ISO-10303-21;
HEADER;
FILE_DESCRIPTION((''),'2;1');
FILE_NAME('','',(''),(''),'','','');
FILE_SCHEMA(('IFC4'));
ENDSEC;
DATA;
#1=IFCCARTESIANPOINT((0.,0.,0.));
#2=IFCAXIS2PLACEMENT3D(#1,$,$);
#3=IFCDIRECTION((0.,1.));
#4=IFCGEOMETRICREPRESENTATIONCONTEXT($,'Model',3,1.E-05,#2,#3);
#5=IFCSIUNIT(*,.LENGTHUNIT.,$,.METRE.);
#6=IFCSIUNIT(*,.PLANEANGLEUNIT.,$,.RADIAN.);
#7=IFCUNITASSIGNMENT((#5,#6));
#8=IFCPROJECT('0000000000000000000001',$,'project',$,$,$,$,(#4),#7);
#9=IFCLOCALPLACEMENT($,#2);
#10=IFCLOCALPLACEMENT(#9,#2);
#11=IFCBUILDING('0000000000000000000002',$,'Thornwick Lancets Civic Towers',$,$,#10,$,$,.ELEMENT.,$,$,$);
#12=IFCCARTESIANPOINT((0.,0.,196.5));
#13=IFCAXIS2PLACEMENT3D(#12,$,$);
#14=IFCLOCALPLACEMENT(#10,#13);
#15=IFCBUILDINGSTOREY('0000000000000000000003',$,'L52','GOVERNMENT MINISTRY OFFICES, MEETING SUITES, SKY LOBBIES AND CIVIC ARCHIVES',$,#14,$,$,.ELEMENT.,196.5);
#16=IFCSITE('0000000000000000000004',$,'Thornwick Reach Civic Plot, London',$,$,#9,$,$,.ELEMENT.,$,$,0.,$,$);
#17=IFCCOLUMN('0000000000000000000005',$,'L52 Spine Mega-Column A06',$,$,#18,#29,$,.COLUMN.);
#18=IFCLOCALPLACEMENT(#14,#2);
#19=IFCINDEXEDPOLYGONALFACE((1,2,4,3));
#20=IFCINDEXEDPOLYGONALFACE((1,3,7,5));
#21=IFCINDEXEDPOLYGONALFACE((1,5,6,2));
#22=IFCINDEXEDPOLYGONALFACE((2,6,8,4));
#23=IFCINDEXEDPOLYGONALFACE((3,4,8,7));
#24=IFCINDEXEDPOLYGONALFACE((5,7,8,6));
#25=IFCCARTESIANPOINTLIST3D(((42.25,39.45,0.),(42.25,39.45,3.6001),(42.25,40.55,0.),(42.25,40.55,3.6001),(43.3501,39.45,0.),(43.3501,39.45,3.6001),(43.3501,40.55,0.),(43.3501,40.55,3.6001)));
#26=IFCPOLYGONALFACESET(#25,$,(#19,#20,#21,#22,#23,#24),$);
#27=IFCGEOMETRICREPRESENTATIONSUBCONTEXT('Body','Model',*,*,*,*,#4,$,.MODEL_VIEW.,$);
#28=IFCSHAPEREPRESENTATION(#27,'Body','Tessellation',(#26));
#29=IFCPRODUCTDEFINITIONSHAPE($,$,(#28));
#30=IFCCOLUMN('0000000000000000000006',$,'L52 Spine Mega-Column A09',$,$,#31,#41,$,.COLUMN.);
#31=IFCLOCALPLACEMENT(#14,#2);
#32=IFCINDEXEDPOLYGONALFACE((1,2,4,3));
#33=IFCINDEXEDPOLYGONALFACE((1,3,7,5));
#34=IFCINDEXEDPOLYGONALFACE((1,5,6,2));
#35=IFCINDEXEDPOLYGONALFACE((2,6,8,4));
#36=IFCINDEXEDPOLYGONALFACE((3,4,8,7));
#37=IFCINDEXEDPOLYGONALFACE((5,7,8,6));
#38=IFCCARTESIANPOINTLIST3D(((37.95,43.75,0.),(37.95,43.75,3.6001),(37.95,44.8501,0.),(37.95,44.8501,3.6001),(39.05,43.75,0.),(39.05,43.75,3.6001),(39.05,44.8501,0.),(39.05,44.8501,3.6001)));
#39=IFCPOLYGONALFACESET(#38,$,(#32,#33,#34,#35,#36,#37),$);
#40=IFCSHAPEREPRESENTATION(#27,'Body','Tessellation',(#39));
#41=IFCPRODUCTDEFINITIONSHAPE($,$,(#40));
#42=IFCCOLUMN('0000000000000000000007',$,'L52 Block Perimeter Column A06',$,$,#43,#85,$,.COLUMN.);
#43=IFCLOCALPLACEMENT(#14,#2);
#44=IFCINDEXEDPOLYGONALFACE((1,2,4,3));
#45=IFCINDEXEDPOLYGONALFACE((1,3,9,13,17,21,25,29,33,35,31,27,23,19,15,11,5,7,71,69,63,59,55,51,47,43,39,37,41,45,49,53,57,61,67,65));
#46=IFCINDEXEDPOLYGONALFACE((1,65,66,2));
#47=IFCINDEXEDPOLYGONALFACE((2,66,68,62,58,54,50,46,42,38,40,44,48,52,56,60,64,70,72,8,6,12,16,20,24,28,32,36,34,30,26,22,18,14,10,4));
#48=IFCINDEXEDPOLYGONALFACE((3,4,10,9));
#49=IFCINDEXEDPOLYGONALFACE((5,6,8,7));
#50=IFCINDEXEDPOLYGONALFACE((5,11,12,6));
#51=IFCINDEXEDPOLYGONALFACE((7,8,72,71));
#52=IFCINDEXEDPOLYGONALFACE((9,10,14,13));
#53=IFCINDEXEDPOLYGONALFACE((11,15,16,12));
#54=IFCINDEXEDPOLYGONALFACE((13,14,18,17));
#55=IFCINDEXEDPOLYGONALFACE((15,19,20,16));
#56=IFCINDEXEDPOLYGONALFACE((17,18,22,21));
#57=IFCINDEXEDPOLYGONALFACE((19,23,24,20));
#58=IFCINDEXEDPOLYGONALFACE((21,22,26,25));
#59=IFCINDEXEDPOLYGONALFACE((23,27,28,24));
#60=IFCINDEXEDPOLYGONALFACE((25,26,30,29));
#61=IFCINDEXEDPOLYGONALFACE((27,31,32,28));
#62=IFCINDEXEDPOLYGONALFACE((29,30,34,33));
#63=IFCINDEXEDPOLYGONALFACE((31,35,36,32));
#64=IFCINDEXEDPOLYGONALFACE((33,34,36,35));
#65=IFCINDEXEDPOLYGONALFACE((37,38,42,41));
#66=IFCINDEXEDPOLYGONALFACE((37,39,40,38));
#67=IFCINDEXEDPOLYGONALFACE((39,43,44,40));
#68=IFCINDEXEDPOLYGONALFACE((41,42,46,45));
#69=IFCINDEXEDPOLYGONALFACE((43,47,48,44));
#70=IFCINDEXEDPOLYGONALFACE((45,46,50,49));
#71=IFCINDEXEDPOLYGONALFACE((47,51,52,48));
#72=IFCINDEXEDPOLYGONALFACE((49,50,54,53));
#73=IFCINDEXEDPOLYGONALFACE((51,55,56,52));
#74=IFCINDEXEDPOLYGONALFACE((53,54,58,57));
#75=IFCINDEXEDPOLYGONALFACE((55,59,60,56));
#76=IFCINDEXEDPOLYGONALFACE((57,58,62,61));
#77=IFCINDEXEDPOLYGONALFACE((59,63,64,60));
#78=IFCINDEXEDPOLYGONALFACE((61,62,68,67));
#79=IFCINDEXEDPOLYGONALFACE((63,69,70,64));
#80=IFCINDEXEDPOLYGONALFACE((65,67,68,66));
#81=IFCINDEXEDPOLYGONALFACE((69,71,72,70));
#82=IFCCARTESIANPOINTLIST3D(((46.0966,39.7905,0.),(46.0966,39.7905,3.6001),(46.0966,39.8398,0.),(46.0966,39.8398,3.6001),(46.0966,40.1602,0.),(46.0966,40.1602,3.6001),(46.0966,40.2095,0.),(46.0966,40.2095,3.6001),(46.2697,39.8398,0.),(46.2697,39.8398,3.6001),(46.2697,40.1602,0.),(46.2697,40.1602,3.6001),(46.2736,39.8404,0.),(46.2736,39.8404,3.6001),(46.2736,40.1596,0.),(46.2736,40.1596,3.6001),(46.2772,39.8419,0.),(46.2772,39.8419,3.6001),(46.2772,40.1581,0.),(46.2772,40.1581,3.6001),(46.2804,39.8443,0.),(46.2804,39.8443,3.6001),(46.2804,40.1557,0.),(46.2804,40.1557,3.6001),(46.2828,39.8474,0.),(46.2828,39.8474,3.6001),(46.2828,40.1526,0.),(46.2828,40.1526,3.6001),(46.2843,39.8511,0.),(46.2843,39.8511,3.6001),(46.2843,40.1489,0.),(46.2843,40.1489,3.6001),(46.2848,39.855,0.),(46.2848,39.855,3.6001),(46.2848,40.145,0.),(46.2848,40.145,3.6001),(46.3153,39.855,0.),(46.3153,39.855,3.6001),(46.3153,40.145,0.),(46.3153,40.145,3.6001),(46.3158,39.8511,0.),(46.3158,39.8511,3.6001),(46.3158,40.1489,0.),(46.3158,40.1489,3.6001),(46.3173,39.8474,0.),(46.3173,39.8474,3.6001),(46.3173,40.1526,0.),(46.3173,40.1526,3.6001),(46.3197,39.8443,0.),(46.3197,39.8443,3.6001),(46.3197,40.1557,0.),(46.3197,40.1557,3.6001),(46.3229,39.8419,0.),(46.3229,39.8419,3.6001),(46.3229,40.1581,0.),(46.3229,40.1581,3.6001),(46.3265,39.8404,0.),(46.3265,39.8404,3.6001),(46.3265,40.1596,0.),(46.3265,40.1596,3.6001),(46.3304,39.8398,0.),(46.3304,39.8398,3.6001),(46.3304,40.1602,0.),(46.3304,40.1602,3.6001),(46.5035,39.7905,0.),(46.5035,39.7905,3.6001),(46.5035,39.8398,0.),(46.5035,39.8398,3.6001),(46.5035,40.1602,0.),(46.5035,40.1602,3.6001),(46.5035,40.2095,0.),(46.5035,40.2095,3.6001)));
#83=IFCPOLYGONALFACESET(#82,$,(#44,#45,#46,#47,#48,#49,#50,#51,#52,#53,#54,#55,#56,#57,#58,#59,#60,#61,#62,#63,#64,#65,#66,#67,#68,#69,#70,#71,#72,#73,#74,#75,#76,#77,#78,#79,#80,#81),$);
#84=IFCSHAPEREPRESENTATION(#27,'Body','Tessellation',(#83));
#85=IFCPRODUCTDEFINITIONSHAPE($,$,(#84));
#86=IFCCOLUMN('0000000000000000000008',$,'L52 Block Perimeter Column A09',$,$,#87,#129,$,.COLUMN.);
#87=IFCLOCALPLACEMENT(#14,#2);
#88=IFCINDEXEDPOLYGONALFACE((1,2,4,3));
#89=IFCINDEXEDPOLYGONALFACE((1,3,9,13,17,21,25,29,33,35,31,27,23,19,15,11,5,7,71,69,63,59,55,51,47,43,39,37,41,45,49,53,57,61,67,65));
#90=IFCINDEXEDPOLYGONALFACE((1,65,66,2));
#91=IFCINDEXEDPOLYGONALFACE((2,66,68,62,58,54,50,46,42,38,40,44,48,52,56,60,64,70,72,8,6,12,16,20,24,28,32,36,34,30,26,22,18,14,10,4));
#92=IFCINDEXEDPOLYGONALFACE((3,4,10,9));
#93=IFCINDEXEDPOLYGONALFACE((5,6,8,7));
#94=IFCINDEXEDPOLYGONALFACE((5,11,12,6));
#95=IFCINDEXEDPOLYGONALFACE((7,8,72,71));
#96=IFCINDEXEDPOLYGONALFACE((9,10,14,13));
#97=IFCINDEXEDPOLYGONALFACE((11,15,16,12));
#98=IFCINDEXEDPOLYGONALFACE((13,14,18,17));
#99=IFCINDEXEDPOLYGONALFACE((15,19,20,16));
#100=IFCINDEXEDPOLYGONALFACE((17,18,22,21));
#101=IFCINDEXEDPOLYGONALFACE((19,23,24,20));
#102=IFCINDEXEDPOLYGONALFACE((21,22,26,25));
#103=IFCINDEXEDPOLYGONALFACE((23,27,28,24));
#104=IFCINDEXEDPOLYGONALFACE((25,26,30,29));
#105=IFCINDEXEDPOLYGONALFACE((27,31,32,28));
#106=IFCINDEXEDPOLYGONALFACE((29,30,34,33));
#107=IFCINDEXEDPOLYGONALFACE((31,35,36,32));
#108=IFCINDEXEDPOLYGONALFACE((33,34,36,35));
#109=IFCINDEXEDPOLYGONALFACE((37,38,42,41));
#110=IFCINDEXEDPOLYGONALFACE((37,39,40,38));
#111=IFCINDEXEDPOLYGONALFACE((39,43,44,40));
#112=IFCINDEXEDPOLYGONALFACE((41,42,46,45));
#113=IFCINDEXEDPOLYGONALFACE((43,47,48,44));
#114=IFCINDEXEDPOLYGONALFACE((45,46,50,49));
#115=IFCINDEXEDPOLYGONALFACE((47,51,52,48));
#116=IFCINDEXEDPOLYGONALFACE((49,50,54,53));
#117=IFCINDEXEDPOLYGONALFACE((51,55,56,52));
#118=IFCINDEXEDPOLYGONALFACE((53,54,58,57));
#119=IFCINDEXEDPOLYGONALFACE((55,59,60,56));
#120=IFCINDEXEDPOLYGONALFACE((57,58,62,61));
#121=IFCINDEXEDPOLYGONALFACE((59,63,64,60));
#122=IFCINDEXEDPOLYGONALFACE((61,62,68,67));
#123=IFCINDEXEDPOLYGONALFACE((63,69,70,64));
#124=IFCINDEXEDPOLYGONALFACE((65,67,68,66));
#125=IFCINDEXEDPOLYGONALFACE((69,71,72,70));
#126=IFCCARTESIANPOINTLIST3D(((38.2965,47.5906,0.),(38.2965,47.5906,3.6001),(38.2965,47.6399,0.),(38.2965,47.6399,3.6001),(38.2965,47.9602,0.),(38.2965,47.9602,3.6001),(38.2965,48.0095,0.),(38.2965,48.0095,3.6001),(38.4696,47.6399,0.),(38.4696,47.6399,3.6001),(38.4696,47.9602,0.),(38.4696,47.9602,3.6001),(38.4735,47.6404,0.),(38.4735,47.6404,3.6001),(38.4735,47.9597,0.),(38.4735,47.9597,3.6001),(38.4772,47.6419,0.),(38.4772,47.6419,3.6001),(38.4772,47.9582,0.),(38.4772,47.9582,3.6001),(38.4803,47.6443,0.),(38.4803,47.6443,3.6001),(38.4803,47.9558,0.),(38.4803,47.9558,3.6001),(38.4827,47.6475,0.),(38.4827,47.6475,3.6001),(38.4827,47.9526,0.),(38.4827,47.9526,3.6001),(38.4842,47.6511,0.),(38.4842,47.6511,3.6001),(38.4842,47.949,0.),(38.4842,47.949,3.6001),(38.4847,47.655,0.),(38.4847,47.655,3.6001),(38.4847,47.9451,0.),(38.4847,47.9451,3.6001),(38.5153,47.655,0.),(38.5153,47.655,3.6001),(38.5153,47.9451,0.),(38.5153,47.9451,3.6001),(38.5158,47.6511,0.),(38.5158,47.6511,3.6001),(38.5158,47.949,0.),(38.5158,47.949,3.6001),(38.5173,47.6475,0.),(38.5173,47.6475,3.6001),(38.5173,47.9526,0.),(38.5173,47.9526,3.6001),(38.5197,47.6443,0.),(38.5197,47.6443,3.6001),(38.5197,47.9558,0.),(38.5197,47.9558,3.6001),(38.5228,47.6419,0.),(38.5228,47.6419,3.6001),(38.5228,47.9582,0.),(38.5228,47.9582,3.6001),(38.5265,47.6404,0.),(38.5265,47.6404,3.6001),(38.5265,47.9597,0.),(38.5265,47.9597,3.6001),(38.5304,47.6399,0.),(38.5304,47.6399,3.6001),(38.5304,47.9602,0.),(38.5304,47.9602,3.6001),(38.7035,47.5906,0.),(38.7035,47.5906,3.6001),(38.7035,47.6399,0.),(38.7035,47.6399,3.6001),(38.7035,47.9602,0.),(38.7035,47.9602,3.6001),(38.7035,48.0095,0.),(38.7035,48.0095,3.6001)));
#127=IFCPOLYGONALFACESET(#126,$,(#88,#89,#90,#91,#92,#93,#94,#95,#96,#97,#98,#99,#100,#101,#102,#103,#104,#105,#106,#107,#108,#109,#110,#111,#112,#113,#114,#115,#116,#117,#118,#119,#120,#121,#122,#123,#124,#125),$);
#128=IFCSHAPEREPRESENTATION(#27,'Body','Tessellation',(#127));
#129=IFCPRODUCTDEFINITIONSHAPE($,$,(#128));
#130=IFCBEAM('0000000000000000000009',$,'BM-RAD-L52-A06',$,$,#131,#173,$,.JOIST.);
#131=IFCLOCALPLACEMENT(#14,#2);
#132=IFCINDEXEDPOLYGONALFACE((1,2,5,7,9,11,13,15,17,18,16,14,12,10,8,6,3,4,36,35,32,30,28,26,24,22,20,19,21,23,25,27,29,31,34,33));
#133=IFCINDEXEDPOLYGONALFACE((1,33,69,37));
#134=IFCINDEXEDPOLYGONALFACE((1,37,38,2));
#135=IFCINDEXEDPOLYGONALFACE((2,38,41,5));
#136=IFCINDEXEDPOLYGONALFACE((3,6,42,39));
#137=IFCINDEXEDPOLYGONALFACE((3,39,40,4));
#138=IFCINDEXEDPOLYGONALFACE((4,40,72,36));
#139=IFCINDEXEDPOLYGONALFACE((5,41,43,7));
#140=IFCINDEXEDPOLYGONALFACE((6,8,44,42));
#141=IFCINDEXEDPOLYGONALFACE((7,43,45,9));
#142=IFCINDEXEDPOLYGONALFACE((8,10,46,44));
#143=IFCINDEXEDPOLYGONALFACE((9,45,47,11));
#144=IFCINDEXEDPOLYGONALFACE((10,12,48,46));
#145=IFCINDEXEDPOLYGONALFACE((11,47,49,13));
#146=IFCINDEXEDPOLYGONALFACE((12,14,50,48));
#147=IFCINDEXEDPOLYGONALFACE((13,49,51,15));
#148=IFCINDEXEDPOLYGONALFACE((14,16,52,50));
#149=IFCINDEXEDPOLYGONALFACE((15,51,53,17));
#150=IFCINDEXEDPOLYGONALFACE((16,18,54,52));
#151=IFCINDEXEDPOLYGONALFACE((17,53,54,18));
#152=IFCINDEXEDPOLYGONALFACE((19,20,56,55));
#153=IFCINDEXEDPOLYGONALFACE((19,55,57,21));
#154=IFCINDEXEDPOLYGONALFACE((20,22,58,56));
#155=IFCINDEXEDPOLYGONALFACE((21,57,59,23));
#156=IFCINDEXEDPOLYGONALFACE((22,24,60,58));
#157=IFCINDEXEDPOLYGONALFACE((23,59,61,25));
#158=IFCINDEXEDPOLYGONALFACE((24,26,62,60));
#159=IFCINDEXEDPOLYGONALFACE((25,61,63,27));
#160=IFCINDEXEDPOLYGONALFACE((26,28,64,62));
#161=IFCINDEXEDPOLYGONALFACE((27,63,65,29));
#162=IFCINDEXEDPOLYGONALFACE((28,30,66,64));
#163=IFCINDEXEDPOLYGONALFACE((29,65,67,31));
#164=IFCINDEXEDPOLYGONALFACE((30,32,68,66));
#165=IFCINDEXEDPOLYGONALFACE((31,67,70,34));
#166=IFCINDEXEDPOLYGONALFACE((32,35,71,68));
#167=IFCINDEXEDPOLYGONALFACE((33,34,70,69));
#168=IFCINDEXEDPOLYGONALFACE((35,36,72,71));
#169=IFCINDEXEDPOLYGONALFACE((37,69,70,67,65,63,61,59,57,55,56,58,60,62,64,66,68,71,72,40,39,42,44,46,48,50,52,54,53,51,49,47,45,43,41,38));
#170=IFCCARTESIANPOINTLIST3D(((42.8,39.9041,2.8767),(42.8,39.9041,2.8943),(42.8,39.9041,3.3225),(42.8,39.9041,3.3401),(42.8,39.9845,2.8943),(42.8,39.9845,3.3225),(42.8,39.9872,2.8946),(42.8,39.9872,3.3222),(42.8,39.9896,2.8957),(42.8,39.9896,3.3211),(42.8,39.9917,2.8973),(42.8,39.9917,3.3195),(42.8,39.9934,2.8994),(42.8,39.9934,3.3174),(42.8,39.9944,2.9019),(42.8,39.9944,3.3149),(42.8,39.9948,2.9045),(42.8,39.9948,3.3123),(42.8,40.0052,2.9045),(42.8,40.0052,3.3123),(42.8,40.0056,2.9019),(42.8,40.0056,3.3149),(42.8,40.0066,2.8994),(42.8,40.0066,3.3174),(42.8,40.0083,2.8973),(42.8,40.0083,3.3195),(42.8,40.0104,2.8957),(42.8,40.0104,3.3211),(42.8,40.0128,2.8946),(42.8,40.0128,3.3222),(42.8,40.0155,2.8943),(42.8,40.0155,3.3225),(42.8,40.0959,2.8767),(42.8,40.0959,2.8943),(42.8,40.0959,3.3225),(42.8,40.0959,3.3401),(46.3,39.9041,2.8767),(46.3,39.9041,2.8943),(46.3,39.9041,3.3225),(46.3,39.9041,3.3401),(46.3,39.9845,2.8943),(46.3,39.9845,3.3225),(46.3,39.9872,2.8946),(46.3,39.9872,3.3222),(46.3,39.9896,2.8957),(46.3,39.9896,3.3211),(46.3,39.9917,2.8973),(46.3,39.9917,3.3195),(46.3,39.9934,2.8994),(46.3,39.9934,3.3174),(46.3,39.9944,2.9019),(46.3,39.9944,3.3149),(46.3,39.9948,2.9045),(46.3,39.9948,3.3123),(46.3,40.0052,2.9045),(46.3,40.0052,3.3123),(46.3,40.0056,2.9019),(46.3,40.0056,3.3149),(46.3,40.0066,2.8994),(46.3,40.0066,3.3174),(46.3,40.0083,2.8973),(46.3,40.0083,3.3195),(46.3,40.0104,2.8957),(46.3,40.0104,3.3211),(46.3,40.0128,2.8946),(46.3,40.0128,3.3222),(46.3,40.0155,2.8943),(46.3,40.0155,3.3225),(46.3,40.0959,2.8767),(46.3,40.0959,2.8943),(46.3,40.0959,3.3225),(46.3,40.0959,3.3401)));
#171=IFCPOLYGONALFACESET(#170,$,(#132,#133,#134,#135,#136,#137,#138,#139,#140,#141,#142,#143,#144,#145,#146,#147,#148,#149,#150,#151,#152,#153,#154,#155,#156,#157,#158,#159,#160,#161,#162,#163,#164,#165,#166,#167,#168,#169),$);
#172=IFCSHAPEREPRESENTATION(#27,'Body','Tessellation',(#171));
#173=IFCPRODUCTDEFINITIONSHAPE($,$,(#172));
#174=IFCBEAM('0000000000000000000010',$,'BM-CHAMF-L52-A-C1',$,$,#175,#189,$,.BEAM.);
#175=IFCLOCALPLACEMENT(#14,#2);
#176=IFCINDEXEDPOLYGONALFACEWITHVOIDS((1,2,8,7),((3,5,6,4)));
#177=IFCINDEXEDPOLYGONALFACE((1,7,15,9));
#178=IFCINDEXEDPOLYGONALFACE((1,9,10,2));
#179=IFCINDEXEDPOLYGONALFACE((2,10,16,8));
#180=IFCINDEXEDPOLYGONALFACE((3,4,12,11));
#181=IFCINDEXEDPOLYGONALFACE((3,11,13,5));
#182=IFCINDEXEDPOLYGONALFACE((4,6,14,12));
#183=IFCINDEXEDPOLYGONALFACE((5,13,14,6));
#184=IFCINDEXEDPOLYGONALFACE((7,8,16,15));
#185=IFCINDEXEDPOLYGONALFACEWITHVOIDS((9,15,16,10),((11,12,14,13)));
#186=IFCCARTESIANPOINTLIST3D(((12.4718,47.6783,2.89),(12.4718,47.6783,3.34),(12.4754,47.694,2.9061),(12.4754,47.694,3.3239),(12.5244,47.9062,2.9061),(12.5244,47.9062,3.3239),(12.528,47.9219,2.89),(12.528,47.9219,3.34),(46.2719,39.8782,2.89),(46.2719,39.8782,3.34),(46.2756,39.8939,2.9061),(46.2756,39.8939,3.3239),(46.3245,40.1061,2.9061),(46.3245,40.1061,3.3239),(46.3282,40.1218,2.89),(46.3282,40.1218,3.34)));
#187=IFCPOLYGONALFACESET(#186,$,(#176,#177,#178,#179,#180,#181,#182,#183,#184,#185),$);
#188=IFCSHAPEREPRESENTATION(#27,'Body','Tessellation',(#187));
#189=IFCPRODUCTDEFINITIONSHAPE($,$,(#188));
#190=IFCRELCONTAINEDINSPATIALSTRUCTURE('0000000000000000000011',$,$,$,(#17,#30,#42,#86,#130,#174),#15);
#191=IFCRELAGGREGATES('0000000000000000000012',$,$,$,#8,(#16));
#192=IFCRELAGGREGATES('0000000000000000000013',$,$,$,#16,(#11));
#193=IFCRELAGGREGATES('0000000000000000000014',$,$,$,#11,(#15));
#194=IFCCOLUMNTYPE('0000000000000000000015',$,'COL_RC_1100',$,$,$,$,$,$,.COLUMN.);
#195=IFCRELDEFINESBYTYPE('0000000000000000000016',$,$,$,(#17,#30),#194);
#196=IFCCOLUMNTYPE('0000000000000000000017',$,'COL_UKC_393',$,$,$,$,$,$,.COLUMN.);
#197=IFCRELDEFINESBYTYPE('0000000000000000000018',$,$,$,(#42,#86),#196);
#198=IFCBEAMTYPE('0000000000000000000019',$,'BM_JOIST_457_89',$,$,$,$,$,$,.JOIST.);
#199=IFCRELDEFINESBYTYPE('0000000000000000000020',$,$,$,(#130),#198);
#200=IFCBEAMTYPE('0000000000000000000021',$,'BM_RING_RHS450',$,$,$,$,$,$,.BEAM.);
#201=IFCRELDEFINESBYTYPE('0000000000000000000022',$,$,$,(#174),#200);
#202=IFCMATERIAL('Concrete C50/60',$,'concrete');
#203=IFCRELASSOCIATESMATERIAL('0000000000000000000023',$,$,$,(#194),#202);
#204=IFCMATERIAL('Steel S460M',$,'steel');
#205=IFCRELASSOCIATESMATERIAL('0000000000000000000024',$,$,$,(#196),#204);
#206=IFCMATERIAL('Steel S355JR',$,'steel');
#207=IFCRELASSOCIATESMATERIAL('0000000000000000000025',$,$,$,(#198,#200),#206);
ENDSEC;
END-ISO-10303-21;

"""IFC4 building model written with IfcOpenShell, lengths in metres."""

from ifc_helpers import new_model, si_unit, direction, frame, origin, origin_2d, place, context, subcontext, project, spatial, rectangle, hollow_rectangle, i_section, extrude, material, material_profile, profile_set, type_object, element, save


model = new_model("IFC4")

# Units and contexts
model_context = context("Model", 3, precision=1e-05, world=origin(), true_north=direction((0.0, 1.0)))
body_context = subcontext(model_context, "Body", "Model", "MODEL_VIEW")
ifc_project = project(units=[si_unit("LENGTHUNIT", "METRE"), si_unit("PLANEANGLEUNIT", "RADIAN")], contexts=[model_context])

# Site, building, storey
site_placement = place(None, origin())
site = spatial("IfcSite", under=ifc_project, at=site_placement, Name="Thornwick Reach Civic Plot, London", CompositionType="ELEMENT", RefElevation=0.0)
building_placement = place(site_placement, origin())
building = spatial("IfcBuilding", under=site, at=building_placement, Name="Thornwick Lancets Civic Towers", CompositionType="ELEMENT")
storey_placement = place(building_placement, frame((0.0, 0.0, 196.5)))
storey = spatial("IfcBuildingStorey", under=building, at=storey_placement, Name="L52", Description="GOVERNMENT MINISTRY OFFICES, MEETING SUITES, SKY LOBBIES AND CIVIC ARCHIVES", CompositionType="ELEMENT", Elevation=196.5)

# Columns
ifc_material_1 = material(Name="Concrete C50/60", Category="concrete")
ifc_material_profile_1 = material_profile(ifc_material_1, rectangle(XDim=1.1001, YDim=1.1001, at=origin_2d()), Name="RC 1100x1100")
ifc_profile_set_1 = profile_set([ifc_material_profile_1], Name="Concrete C50/60")
column_type_1 = type_object("IfcColumnType", Name="COL_RC_1100", PredefinedType="COLUMN", material=ifc_profile_set_1)
for number, where, z_axis, x_axis, name in (
    (1, (42.8, 40.0, 0.0), (0.0, 0.0, 1.0), (1.0, 0.0, 0.0), "L52 Spine Mega-Column A06"),
    (2, (38.5, 44.3, 0.0), (0.0, 0.0, 1.0), (1.0, 0.0, 0.0), "L52 Spine Mega-Column A09"),
):
    element("IfcColumn", number, at=place(storey_placement, frame(where, z_axis=z_axis, x_axis=x_axis)), inside=storey, type_object=column_type_1, Name=name, PredefinedType="COLUMN", context=body_context, shape_type="SweptSolid", body=[
        extrude(rectangle(XDim=1.1001, YDim=1.1001, at=origin_2d()), origin(), (0.0, 0.0, 1.0), 3.6001),
    ])
ifc_material_2 = material(Name="Steel S460M", Category="steel")
ifc_material_profile_2 = material_profile(ifc_material_2, i_section(OverallWidth=0.407, OverallDepth=0.4189, WebThickness=0.0305, FlangeThickness=0.0493, FilletRadius=0.0151, at=origin_2d()), Name="UKC 356x406x393")
ifc_profile_set_2 = profile_set([ifc_material_profile_2], Name="Steel S460M")
column_type_2 = type_object("IfcColumnType", Name="COL_UKC_393", PredefinedType="COLUMN", material=ifc_profile_set_2)
for number, where, z_axis, x_axis, name in (
    (3, (46.3, 40.0, 0.0), (0.0, 0.0, 1.0), (1.0, 0.0, 0.0), "L52 Block Perimeter Column A06"),
    (4, (38.5, 47.8, 0.0), (0.0, 0.0, 1.0), (1.0, 0.0, 0.0), "L52 Block Perimeter Column A09"),
):
    element("IfcColumn", number, at=place(storey_placement, frame(where, z_axis=z_axis, x_axis=x_axis)), inside=storey, type_object=column_type_2, Name=name, PredefinedType="COLUMN", context=body_context, shape_type="SweptSolid", body=[
        extrude(i_section(OverallWidth=0.407, OverallDepth=0.4189, WebThickness=0.0305, FlangeThickness=0.0493, FilletRadius=0.0151, at=origin_2d()), origin(), (0.0, 0.0, 1.0), 3.6001),
    ])

# Beams
ifc_material_3 = material(Name="Steel S355JR", Category="steel")
ifc_material_profile_3 = material_profile(ifc_material_3, i_section(OverallWidth=0.1919, OverallDepth=0.4634, WebThickness=0.0105, FlangeThickness=0.0176, FilletRadius=0.0103, at=origin_2d()), Name="UKB 457x191x89")
ifc_profile_set_3 = profile_set([ifc_material_profile_3], Name="Steel S355JR")
beam_type_1 = type_object("IfcBeamType", Name="BM_JOIST_457_89", PredefinedType="JOIST", material=ifc_profile_set_3)
beam_1_placement = place(storey_placement, frame((42.8, 40.0, 3.1084), z_axis=(1.0, 0.0, 0.0), x_axis=(0.0, 1.0, 0.0)))
element("IfcBeam", 5, at=beam_1_placement, inside=storey, type_object=beam_type_1, Name="BM-RAD-L52-A06", PredefinedType="JOIST", context=body_context, shape_type="SweptSolid", body=[
    extrude(i_section(OverallWidth=0.1919, OverallDepth=0.4634, WebThickness=0.0105, FlangeThickness=0.0176, FilletRadius=0.0103, at=origin_2d()), origin(), (0.0, 0.0, 1.0), 3.5),
])
ifc_material_profile_4 = material_profile(ifc_material_3, hollow_rectangle(XDim=0.25, YDim=0.45, WallThickness=0.0161, at=origin_2d()), Name="RHS 450x250x16")
ifc_profile_set_4 = profile_set([ifc_material_profile_4], Name="Steel S355JR")
beam_type_2 = type_object("IfcBeamType", Name="BM_RING_RHS450", PredefinedType="BEAM", material=ifc_profile_set_4)
beam_2_placement = place(storey_placement, frame((46.3, 40.0, 3.115), z_axis=(-0.974391, 0.224861, 0.0), x_axis=(-0.224861, -0.974391, 0.0)))
element("IfcBeam", 6, at=beam_2_placement, inside=storey, type_object=beam_type_2, Name="BM-CHAMF-L52-A-C1", PredefinedType="BEAM", context=body_context, shape_type="SweptSolid", body=[
    extrude(hollow_rectangle(XDim=0.25, YDim=0.45, WallThickness=0.0161, at=origin_2d()), origin(), (0.0, 0.0, 1.0), 34.6885),
])

save(model, "model.ifc")
